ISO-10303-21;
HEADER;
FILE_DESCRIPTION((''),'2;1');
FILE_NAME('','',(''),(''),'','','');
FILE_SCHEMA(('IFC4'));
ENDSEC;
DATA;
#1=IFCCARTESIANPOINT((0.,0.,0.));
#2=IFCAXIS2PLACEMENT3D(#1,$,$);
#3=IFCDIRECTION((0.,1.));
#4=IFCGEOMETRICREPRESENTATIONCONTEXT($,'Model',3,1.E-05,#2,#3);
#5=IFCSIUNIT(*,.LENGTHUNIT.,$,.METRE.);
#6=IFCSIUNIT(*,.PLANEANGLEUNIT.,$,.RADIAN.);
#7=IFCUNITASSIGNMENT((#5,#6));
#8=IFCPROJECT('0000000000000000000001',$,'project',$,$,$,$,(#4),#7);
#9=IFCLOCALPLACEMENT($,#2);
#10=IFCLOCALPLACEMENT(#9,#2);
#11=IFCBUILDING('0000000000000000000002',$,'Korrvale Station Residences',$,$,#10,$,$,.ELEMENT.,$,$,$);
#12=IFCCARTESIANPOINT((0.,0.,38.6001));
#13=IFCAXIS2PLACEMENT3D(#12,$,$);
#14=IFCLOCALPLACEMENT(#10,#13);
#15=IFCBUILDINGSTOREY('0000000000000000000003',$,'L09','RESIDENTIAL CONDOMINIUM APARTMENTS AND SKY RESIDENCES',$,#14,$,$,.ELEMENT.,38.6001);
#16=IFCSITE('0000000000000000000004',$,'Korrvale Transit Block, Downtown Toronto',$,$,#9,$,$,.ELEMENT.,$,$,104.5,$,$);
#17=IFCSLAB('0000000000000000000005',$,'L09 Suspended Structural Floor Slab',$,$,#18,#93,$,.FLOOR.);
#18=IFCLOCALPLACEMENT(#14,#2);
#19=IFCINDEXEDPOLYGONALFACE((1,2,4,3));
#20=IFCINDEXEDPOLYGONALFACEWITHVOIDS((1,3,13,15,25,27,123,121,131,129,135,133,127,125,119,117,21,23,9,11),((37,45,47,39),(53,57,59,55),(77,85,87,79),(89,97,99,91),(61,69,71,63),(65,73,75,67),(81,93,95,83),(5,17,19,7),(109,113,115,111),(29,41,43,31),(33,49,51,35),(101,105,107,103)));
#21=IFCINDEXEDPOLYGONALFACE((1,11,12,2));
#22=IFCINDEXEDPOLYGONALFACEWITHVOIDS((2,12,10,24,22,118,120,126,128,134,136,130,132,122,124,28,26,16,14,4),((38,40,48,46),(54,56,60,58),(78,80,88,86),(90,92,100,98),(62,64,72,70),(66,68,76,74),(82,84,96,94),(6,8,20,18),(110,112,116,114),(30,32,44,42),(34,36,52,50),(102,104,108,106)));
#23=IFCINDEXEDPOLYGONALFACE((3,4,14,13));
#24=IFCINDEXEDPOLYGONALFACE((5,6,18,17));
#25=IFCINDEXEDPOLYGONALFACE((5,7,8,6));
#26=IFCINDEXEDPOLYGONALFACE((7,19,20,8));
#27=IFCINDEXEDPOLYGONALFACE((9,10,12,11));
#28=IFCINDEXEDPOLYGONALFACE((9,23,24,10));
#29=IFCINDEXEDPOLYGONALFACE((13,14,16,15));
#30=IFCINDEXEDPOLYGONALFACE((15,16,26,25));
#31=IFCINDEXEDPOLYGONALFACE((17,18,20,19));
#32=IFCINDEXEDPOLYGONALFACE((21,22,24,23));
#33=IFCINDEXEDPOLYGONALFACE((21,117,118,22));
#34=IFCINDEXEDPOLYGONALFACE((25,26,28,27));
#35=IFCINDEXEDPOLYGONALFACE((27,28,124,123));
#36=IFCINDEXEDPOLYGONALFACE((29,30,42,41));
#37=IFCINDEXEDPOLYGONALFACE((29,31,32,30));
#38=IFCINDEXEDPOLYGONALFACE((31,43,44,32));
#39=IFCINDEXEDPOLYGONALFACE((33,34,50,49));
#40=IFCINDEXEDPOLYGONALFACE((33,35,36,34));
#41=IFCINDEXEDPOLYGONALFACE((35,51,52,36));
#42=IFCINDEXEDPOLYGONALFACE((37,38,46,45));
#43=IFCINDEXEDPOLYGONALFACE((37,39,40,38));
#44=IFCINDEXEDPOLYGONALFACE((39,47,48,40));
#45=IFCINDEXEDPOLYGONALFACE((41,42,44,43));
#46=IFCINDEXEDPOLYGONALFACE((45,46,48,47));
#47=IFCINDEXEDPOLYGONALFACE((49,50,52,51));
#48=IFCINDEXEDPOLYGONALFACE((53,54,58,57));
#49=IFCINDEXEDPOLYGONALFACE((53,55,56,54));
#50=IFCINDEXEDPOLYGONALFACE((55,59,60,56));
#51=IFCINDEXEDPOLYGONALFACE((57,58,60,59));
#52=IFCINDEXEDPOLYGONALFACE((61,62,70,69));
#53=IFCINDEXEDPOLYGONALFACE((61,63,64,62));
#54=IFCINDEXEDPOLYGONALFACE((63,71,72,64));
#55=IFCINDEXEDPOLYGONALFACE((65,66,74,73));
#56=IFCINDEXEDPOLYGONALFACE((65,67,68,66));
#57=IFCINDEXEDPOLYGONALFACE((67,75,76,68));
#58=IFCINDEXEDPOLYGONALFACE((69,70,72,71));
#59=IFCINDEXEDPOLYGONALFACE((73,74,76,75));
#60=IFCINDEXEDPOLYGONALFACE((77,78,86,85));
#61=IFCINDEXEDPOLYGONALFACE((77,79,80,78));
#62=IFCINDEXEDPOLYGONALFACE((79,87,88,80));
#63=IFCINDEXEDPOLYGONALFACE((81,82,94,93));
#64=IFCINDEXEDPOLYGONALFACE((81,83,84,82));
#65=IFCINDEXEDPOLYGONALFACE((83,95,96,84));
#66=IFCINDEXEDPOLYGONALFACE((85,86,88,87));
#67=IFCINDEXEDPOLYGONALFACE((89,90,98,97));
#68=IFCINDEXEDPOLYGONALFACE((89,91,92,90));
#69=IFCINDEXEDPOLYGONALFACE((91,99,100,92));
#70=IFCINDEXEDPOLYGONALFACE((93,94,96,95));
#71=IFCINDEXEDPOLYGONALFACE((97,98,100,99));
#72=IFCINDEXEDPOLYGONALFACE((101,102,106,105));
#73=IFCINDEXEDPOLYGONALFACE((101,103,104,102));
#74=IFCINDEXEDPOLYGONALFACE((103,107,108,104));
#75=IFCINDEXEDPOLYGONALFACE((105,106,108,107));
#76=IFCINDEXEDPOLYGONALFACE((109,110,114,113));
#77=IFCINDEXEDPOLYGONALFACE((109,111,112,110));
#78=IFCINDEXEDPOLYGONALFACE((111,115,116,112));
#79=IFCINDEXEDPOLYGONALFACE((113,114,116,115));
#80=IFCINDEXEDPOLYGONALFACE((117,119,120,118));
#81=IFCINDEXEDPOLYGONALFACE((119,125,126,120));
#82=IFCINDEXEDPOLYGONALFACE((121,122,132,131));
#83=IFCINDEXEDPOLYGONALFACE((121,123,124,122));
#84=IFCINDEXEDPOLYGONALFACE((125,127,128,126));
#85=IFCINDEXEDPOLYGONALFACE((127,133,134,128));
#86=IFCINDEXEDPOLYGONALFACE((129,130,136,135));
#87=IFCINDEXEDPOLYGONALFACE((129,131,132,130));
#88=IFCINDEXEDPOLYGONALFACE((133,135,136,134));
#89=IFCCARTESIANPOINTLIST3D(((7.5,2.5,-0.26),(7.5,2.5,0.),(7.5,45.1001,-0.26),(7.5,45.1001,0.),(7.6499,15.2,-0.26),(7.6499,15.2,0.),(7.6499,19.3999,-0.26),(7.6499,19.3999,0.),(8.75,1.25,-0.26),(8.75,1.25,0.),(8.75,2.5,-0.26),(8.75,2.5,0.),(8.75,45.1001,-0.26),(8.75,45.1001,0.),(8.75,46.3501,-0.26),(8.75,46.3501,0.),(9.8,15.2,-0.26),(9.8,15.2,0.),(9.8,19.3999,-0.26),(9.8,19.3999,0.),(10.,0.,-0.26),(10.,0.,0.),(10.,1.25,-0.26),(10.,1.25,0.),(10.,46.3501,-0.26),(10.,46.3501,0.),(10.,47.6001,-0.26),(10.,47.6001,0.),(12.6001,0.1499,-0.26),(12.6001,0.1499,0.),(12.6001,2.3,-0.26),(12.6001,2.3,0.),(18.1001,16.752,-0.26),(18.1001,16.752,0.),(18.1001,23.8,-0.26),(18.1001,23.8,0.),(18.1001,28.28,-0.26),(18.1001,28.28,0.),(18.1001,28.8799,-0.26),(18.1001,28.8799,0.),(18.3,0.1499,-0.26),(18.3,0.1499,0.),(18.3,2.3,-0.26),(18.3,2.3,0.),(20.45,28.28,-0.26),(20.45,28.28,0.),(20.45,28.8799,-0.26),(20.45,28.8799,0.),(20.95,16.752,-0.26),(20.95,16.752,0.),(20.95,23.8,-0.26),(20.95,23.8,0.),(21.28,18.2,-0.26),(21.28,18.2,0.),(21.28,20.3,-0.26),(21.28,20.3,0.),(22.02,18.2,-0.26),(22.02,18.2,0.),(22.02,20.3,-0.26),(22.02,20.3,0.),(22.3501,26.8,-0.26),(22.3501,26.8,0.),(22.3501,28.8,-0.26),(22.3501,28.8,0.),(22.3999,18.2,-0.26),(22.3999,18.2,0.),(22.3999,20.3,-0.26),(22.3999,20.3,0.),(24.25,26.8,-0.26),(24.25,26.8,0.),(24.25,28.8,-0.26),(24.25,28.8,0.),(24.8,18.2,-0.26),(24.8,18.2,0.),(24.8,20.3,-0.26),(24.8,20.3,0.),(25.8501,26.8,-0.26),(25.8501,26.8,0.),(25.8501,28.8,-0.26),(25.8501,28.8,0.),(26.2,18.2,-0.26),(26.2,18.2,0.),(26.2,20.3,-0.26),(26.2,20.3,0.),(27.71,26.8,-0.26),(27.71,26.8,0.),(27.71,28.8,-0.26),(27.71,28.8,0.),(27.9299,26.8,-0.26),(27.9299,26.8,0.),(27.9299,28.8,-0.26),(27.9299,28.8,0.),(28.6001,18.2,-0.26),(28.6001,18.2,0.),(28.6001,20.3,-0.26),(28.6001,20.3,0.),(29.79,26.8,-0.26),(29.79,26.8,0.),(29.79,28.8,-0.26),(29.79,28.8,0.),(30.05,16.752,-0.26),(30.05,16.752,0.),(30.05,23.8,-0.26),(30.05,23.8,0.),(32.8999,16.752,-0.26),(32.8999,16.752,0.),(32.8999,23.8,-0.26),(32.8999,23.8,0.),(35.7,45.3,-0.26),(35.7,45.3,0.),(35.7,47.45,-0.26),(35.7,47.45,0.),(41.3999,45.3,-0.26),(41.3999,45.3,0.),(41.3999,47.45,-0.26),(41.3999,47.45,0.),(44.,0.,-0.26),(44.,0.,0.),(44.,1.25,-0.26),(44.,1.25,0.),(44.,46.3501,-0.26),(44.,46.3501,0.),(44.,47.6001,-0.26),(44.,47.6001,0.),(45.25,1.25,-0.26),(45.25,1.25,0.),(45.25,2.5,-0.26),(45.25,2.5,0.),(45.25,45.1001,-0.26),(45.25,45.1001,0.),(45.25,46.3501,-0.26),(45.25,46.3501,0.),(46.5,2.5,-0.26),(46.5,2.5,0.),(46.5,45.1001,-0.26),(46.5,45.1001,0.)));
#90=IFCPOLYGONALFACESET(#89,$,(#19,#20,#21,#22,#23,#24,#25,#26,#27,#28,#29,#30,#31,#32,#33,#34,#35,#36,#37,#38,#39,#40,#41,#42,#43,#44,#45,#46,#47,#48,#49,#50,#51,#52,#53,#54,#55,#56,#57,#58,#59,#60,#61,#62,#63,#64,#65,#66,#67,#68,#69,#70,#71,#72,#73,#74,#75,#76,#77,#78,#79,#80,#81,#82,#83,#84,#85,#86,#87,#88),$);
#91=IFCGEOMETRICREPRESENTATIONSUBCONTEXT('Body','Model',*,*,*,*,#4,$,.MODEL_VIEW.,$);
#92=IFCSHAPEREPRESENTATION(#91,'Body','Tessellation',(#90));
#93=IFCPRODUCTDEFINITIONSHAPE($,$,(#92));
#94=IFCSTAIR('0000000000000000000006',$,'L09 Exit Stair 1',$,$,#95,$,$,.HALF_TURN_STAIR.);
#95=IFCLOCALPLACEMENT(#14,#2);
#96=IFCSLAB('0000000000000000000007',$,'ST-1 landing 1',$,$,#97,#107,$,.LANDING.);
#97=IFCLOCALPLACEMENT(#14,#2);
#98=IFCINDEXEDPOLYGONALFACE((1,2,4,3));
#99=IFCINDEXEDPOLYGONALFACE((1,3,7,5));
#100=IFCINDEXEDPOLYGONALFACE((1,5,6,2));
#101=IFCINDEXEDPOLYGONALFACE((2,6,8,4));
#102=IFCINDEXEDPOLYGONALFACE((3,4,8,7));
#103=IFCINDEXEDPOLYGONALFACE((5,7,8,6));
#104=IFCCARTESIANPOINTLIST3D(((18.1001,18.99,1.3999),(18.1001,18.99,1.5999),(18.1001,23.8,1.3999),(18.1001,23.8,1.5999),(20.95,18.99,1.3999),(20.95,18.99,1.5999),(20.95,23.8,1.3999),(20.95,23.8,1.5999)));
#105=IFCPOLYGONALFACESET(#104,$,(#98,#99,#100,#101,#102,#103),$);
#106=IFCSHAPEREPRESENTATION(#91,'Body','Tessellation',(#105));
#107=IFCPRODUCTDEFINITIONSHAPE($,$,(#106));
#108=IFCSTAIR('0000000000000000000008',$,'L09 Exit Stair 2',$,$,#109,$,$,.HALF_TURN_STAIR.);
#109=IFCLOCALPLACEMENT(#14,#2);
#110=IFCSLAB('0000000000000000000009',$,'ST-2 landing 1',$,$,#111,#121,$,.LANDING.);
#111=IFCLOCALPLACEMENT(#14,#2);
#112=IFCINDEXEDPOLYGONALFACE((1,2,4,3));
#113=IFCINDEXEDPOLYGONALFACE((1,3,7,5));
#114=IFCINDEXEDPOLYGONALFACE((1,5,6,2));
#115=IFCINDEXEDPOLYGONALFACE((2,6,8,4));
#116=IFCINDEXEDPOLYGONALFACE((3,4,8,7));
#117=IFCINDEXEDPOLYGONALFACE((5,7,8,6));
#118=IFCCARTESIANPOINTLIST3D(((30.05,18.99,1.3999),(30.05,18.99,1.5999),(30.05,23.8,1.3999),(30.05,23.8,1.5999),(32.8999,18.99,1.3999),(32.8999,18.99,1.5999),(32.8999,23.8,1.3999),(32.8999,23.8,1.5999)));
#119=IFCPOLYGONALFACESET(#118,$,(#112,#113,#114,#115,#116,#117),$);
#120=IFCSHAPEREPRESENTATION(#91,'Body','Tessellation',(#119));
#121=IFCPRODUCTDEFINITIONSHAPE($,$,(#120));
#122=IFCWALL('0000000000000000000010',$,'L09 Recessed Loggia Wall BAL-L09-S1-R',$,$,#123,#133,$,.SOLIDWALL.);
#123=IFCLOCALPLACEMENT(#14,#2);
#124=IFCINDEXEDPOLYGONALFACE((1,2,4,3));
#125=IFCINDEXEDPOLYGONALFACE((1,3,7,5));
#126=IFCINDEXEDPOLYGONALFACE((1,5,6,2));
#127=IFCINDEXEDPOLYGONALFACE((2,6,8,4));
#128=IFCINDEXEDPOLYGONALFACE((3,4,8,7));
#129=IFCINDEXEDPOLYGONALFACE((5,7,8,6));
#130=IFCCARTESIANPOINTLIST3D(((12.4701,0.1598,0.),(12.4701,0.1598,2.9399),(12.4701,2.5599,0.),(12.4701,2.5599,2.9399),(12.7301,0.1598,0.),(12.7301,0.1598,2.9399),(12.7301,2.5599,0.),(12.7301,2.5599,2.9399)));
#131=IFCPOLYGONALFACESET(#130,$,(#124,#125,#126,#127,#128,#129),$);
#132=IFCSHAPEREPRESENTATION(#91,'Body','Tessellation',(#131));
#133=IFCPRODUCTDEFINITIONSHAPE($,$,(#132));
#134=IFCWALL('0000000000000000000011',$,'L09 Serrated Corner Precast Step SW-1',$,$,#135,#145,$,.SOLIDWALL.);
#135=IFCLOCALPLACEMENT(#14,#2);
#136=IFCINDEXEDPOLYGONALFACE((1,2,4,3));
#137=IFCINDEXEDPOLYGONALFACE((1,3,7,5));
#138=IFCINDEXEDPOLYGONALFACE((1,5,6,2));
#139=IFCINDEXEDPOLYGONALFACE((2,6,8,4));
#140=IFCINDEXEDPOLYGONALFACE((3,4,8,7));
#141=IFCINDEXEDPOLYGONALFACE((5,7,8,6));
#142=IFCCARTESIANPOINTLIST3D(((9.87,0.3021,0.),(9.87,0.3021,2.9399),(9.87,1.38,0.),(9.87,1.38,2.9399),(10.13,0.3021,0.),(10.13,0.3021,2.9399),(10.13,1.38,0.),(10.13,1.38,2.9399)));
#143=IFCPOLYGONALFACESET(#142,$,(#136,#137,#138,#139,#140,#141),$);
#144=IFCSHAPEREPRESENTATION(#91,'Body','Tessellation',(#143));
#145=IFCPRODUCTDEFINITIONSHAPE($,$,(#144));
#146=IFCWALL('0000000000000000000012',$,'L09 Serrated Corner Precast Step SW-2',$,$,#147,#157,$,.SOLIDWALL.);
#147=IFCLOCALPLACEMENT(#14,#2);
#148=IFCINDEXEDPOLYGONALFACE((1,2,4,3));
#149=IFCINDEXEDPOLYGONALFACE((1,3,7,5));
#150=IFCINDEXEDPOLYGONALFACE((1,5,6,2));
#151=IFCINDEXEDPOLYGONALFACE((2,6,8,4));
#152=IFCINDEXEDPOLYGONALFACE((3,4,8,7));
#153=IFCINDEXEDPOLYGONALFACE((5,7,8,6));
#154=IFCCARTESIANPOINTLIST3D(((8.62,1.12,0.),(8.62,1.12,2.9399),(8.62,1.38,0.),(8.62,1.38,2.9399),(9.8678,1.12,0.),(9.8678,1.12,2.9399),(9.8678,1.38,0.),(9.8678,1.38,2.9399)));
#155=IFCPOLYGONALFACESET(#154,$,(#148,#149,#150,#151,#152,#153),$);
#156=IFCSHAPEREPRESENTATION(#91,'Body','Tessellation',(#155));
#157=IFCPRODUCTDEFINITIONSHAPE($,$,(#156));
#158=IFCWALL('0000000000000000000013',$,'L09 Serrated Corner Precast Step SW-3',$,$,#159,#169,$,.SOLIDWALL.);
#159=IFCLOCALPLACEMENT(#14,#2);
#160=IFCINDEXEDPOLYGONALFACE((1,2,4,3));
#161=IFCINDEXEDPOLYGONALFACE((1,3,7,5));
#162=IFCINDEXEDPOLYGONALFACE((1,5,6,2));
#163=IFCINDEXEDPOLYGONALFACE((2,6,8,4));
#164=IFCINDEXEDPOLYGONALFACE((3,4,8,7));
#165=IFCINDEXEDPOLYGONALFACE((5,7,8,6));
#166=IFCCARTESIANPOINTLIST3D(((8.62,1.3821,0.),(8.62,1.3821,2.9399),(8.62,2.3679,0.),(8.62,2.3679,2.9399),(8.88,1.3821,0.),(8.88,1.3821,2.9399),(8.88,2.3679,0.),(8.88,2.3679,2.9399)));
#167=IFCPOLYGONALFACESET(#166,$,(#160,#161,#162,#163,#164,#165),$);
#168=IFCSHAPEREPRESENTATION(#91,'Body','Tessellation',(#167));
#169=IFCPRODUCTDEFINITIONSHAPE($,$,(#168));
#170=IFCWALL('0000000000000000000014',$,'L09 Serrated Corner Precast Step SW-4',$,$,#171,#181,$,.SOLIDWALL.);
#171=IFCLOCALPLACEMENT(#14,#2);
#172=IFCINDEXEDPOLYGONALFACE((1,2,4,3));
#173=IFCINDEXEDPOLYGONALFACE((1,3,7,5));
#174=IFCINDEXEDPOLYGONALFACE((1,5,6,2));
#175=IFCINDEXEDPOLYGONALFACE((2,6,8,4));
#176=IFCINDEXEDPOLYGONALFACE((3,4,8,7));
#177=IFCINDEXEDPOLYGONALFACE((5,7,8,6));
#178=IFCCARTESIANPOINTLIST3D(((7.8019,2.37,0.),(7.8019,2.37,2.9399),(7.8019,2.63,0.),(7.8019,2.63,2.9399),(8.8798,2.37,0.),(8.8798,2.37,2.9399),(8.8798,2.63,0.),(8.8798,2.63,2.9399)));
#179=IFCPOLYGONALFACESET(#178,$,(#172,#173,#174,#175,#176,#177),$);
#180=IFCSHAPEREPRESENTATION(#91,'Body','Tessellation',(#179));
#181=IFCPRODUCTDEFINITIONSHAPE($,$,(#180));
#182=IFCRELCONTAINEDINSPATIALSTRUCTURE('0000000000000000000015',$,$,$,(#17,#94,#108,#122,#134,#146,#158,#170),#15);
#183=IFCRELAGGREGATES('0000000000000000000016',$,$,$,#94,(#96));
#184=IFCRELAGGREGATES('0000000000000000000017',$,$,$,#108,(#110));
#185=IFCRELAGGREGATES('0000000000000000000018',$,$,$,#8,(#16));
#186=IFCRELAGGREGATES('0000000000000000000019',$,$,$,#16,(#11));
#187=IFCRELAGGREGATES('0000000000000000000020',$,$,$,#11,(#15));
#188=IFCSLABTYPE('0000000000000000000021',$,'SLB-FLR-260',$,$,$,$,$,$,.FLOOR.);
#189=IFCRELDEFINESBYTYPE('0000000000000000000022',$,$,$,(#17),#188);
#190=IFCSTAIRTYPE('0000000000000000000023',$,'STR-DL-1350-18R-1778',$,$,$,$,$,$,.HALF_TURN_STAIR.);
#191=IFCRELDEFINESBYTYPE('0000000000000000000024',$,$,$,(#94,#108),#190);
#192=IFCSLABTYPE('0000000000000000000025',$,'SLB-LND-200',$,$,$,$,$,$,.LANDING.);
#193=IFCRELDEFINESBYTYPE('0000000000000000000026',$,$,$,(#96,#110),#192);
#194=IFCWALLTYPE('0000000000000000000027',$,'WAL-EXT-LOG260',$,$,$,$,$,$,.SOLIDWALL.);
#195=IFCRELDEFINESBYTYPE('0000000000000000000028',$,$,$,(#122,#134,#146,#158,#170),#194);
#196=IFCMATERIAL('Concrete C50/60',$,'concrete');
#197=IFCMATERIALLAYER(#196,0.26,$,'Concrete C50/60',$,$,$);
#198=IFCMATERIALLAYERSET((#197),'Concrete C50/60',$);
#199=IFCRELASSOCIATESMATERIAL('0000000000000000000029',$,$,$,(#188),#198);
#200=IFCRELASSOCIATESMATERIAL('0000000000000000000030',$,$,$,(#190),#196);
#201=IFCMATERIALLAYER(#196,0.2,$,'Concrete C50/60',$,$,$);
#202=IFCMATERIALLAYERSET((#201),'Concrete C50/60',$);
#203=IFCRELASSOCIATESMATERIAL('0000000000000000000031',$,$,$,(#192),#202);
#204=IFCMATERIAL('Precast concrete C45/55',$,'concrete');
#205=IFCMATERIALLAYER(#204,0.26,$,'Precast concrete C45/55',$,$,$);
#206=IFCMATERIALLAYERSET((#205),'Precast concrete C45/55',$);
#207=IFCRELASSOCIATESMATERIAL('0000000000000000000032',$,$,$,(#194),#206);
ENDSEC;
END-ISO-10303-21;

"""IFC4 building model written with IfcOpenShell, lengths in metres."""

from ifc_helpers import new_model, si_unit, direction, frame, frame_2d, origin, place, context, subcontext, project, spatial, polyline, rectangle, outline, extrude, material, layer, layer_set, type_object, element, aggregate, save


model = new_model("IFC4")

# Units and contexts
model_context = context("Model", 3, precision=1e-05, world=origin(), true_north=direction((0.0, 1.0)))
body_context = subcontext(model_context, "Body", "Model", "MODEL_VIEW")
ifc_project = project(units=[si_unit("LENGTHUNIT", "METRE"), si_unit("PLANEANGLEUNIT", "RADIAN")], contexts=[model_context])

# Site, building, storey
site_placement = place(None, origin())
site = spatial("IfcSite", under=ifc_project, at=site_placement, Name="Korrvale Transit Block, Downtown Toronto", CompositionType="ELEMENT", RefElevation=104.5)
building_placement = place(site_placement, origin())
building = spatial("IfcBuilding", under=site, at=building_placement, Name="Korrvale Station Residences", CompositionType="ELEMENT")
storey_placement = place(building_placement, frame((0.0, 0.0, 38.6001)))
storey = spatial("IfcBuildingStorey", under=building, at=storey_placement, Name="L09", Description="RESIDENTIAL CONDOMINIUM APARTMENTS AND SKY RESIDENCES", CompositionType="ELEMENT", Elevation=38.6001)

# Slab
ifc_material_1 = material(Name="Concrete C50/60", Category="concrete")
ifc_layer_1 = layer(ifc_material_1, 0.26, Name="Concrete C50/60")
ifc_layer_set_1 = layer_set([ifc_layer_1], Name="Concrete C50/60")
slab_type_1 = type_object("IfcSlabType", Name="SLB-FLR-260", PredefinedType="FLOOR", material=ifc_layer_set_1)
slab_1_placement = place(storey_placement, frame((0.0, 0.0, -0.26)))
element("IfcSlab", 1, at=slab_1_placement, inside=storey, type_object=slab_type_1, Name="L09 Suspended Structural Floor Slab", PredefinedType="FLOOR", context=body_context, shape_type="SweptSolid", body=[
    extrude(outline(polyline([(10.0, 0.0), (44.0, 0.0), (44.0, 1.25), (45.25, 1.25), (45.25, 2.5), (46.5, 2.5), (46.5, 45.1001), (45.25, 45.1001), (45.25, 46.3501), (44.0, 46.3501), (44.0, 47.6001), (10.0, 47.6001), (10.0, 46.3501), (8.75, 46.3501), (8.75, 45.1001), (7.5, 45.1001), (7.5, 2.5), (8.75, 2.5), (8.75, 1.25), (10.0, 1.25), (10.0, 0.0)]), holes=[polyline([(20.95, 16.752), (20.95, 23.8), (18.1001, 23.8), (18.1001, 16.752), (20.95, 16.752)]), polyline([(32.8999, 16.752), (32.8999, 23.8), (30.05, 23.8), (30.05, 16.752), (32.8999, 16.752)]), polyline([(22.3501, 26.8), (24.25, 26.8), (24.25, 28.8), (22.3501, 28.8), (22.3501, 26.8)]), polyline([(25.8501, 26.8), (27.71, 26.8), (27.71, 28.8), (25.8501, 28.8), (25.8501, 26.8)]), polyline([(27.9299, 26.8), (29.79, 26.8), (29.79, 28.8), (27.9299, 28.8), (27.9299, 26.8)]), polyline([(22.3999, 18.2), (24.8, 18.2), (24.8, 20.3), (22.3999, 20.3), (22.3999, 18.2)]), polyline([(26.2, 18.2), (28.6001, 18.2), (28.6001, 20.3), (26.2, 20.3), (26.2, 18.2)]), polyline([(18.1001, 28.28), (20.45, 28.28), (20.45, 28.8799), (18.1001, 28.8799), (18.1001, 28.28)]), polyline([(21.28, 18.2), (22.02, 18.2), (22.02, 20.3), (21.28, 20.3), (21.28, 18.2)]), polyline([(12.6001, 0.1499), (18.3, 0.1499), (18.3, 2.3), (12.6001, 2.3), (12.6001, 0.1499)]), polyline([(35.7, 45.3), (41.3999, 45.3), (41.3999, 47.45), (35.7, 47.45), (35.7, 45.3)]), polyline([(7.6499, 15.2), (9.8, 15.2), (9.8, 19.3999), (7.6499, 19.3999), (7.6499, 15.2)])]), origin(), (0.0, 0.0, 1.0), 0.26),
])

# Stairs, slabs
stair_type = type_object("IfcStairType", Name="STR-DL-1350-18R-1778", PredefinedType="HALF_TURN_STAIR", material=ifc_material_1)
stair_1_placement = place(storey_placement, origin())
stair_1 = element("IfcStair", 2, at=stair_1_placement, inside=storey, type_object=stair_type, Name="L09 Exit Stair 1", PredefinedType="HALF_TURN_STAIR")
ifc_layer_2 = layer(ifc_material_1, 0.2, Name="Concrete C50/60")
ifc_layer_set_2 = layer_set([ifc_layer_2], Name="Concrete C50/60")
slab_type_2 = type_object("IfcSlabType", Name="SLB-LND-200", PredefinedType="LANDING", material=ifc_layer_set_2)
slab_2_placement = place(storey_placement, frame((0.0, 0.0, 1.3999)))
slab_2 = element("IfcSlab", 3, at=slab_2_placement, type_object=slab_type_2, Name="ST-1 landing 1", PredefinedType="LANDING", context=body_context, shape_type="SweptSolid", body=[
    extrude(outline(polyline([(20.95, 18.99), (20.95, 23.8), (18.1001, 23.8), (18.1001, 18.99), (20.95, 18.99)])), origin(), (0.0, 0.0, 1.0), 0.2),
])
aggregate(stair_1, [slab_2])
stair_2_placement = place(storey_placement, origin())
stair_2 = element("IfcStair", 4, at=stair_2_placement, inside=storey, type_object=stair_type, Name="L09 Exit Stair 2", PredefinedType="HALF_TURN_STAIR")
slab_3_placement = place(storey_placement, frame((0.0, 0.0, 1.3999)))
slab_3 = element("IfcSlab", 5, at=slab_3_placement, type_object=slab_type_2, Name="ST-2 landing 1", PredefinedType="LANDING", context=body_context, shape_type="SweptSolid", body=[
    extrude(outline(polyline([(32.8999, 18.99), (32.8999, 23.8), (30.05, 23.8), (30.05, 18.99), (32.8999, 18.99)])), origin(), (0.0, 0.0, 1.0), 0.2),
])
aggregate(stair_2, [slab_3])

# Walls
ifc_material_2 = material(Name="Precast concrete C45/55", Category="concrete")
ifc_layer_3 = layer(ifc_material_2, 0.26, Name="Precast concrete C45/55")
ifc_layer_set_3 = layer_set([ifc_layer_3], Name="Precast concrete C45/55")
wall_type_1 = type_object("IfcWallType", Name="WAL-EXT-LOG260", PredefinedType="SOLIDWALL", material=ifc_layer_set_3)
wall_1_placement = place(storey_placement, frame((12.6001, 2.5601, 0.0), z_axis=(0.0, 0.0, 1.0), x_axis=(0.0, -1.0, 0.0)))
element("IfcWall", 6, at=wall_1_placement, inside=storey, type_object=wall_type_1, Name="L09 Recessed Loggia Wall BAL-L09-S1-R", PredefinedType="SOLIDWALL", context=body_context, shape_type="SweptSolid", body=[
    extrude(rectangle(XDim=2.4001, YDim=0.26, at=frame_2d((1.2002, 0.0))), origin(), (0.0, 0.0, 1.0), 2.9399),
])
wall_2_placement = place(storey_placement, frame((10.0, 0.302, 0.0), z_axis=(0.0, 0.0, 1.0), x_axis=(0.0, 1.0, 0.0)))
element("IfcWall", 7, at=wall_2_placement, inside=storey, type_object=wall_type_1, Name="L09 Serrated Corner Precast Step SW-1", PredefinedType="SOLIDWALL", context=body_context, shape_type="SweptSolid", body=[
    extrude(rectangle(XDim=1.0779, YDim=0.26, at=frame_2d((0.5391, 0.0))), origin(), (0.0, 0.0, 1.0), 2.9399),
])
wall_3_placement = place(storey_placement, frame((9.8679, 1.25, 0.0), z_axis=(0.0, 0.0, 1.0), x_axis=(-1.0, 0.0, 0.0)))
element("IfcWall", 8, at=wall_3_placement, inside=storey, type_object=wall_type_1, Name="L09 Serrated Corner Precast Step SW-2", PredefinedType="SOLIDWALL", context=body_context, shape_type="SweptSolid", body=[
    extrude(rectangle(XDim=1.2478, YDim=0.26, at=frame_2d((0.624, 0.0))), origin(), (0.0, 0.0, 1.0), 2.9399),
])
wall_4_placement = place(storey_placement, frame((8.75, 1.3821, 0.0), z_axis=(0.0, 0.0, 1.0), x_axis=(0.0, 1.0, 0.0)))
element("IfcWall", 9, at=wall_4_placement, inside=storey, type_object=wall_type_1, Name="L09 Serrated Corner Precast Step SW-3", PredefinedType="SOLIDWALL", context=body_context, shape_type="SweptSolid", body=[
    extrude(rectangle(XDim=0.9858, YDim=0.26, at=frame_2d((0.4929, 0.0))), origin(), (0.0, 0.0, 1.0), 2.9399),
])
wall_5_placement = place(storey_placement, frame((8.8799, 2.5, 0.0), z_axis=(0.0, 0.0, 1.0), x_axis=(-1.0, 0.0, 0.0)))
element("IfcWall", 10, at=wall_5_placement, inside=storey, type_object=wall_type_1, Name="L09 Serrated Corner Precast Step SW-4", PredefinedType="SOLIDWALL", context=body_context, shape_type="SweptSolid", body=[
    extrude(rectangle(XDim=1.0779, YDim=0.26, at=frame_2d((0.5391, 0.0))), origin(), (0.0, 0.0, 1.0), 2.9399),
])

save(model, "model.ifc")
